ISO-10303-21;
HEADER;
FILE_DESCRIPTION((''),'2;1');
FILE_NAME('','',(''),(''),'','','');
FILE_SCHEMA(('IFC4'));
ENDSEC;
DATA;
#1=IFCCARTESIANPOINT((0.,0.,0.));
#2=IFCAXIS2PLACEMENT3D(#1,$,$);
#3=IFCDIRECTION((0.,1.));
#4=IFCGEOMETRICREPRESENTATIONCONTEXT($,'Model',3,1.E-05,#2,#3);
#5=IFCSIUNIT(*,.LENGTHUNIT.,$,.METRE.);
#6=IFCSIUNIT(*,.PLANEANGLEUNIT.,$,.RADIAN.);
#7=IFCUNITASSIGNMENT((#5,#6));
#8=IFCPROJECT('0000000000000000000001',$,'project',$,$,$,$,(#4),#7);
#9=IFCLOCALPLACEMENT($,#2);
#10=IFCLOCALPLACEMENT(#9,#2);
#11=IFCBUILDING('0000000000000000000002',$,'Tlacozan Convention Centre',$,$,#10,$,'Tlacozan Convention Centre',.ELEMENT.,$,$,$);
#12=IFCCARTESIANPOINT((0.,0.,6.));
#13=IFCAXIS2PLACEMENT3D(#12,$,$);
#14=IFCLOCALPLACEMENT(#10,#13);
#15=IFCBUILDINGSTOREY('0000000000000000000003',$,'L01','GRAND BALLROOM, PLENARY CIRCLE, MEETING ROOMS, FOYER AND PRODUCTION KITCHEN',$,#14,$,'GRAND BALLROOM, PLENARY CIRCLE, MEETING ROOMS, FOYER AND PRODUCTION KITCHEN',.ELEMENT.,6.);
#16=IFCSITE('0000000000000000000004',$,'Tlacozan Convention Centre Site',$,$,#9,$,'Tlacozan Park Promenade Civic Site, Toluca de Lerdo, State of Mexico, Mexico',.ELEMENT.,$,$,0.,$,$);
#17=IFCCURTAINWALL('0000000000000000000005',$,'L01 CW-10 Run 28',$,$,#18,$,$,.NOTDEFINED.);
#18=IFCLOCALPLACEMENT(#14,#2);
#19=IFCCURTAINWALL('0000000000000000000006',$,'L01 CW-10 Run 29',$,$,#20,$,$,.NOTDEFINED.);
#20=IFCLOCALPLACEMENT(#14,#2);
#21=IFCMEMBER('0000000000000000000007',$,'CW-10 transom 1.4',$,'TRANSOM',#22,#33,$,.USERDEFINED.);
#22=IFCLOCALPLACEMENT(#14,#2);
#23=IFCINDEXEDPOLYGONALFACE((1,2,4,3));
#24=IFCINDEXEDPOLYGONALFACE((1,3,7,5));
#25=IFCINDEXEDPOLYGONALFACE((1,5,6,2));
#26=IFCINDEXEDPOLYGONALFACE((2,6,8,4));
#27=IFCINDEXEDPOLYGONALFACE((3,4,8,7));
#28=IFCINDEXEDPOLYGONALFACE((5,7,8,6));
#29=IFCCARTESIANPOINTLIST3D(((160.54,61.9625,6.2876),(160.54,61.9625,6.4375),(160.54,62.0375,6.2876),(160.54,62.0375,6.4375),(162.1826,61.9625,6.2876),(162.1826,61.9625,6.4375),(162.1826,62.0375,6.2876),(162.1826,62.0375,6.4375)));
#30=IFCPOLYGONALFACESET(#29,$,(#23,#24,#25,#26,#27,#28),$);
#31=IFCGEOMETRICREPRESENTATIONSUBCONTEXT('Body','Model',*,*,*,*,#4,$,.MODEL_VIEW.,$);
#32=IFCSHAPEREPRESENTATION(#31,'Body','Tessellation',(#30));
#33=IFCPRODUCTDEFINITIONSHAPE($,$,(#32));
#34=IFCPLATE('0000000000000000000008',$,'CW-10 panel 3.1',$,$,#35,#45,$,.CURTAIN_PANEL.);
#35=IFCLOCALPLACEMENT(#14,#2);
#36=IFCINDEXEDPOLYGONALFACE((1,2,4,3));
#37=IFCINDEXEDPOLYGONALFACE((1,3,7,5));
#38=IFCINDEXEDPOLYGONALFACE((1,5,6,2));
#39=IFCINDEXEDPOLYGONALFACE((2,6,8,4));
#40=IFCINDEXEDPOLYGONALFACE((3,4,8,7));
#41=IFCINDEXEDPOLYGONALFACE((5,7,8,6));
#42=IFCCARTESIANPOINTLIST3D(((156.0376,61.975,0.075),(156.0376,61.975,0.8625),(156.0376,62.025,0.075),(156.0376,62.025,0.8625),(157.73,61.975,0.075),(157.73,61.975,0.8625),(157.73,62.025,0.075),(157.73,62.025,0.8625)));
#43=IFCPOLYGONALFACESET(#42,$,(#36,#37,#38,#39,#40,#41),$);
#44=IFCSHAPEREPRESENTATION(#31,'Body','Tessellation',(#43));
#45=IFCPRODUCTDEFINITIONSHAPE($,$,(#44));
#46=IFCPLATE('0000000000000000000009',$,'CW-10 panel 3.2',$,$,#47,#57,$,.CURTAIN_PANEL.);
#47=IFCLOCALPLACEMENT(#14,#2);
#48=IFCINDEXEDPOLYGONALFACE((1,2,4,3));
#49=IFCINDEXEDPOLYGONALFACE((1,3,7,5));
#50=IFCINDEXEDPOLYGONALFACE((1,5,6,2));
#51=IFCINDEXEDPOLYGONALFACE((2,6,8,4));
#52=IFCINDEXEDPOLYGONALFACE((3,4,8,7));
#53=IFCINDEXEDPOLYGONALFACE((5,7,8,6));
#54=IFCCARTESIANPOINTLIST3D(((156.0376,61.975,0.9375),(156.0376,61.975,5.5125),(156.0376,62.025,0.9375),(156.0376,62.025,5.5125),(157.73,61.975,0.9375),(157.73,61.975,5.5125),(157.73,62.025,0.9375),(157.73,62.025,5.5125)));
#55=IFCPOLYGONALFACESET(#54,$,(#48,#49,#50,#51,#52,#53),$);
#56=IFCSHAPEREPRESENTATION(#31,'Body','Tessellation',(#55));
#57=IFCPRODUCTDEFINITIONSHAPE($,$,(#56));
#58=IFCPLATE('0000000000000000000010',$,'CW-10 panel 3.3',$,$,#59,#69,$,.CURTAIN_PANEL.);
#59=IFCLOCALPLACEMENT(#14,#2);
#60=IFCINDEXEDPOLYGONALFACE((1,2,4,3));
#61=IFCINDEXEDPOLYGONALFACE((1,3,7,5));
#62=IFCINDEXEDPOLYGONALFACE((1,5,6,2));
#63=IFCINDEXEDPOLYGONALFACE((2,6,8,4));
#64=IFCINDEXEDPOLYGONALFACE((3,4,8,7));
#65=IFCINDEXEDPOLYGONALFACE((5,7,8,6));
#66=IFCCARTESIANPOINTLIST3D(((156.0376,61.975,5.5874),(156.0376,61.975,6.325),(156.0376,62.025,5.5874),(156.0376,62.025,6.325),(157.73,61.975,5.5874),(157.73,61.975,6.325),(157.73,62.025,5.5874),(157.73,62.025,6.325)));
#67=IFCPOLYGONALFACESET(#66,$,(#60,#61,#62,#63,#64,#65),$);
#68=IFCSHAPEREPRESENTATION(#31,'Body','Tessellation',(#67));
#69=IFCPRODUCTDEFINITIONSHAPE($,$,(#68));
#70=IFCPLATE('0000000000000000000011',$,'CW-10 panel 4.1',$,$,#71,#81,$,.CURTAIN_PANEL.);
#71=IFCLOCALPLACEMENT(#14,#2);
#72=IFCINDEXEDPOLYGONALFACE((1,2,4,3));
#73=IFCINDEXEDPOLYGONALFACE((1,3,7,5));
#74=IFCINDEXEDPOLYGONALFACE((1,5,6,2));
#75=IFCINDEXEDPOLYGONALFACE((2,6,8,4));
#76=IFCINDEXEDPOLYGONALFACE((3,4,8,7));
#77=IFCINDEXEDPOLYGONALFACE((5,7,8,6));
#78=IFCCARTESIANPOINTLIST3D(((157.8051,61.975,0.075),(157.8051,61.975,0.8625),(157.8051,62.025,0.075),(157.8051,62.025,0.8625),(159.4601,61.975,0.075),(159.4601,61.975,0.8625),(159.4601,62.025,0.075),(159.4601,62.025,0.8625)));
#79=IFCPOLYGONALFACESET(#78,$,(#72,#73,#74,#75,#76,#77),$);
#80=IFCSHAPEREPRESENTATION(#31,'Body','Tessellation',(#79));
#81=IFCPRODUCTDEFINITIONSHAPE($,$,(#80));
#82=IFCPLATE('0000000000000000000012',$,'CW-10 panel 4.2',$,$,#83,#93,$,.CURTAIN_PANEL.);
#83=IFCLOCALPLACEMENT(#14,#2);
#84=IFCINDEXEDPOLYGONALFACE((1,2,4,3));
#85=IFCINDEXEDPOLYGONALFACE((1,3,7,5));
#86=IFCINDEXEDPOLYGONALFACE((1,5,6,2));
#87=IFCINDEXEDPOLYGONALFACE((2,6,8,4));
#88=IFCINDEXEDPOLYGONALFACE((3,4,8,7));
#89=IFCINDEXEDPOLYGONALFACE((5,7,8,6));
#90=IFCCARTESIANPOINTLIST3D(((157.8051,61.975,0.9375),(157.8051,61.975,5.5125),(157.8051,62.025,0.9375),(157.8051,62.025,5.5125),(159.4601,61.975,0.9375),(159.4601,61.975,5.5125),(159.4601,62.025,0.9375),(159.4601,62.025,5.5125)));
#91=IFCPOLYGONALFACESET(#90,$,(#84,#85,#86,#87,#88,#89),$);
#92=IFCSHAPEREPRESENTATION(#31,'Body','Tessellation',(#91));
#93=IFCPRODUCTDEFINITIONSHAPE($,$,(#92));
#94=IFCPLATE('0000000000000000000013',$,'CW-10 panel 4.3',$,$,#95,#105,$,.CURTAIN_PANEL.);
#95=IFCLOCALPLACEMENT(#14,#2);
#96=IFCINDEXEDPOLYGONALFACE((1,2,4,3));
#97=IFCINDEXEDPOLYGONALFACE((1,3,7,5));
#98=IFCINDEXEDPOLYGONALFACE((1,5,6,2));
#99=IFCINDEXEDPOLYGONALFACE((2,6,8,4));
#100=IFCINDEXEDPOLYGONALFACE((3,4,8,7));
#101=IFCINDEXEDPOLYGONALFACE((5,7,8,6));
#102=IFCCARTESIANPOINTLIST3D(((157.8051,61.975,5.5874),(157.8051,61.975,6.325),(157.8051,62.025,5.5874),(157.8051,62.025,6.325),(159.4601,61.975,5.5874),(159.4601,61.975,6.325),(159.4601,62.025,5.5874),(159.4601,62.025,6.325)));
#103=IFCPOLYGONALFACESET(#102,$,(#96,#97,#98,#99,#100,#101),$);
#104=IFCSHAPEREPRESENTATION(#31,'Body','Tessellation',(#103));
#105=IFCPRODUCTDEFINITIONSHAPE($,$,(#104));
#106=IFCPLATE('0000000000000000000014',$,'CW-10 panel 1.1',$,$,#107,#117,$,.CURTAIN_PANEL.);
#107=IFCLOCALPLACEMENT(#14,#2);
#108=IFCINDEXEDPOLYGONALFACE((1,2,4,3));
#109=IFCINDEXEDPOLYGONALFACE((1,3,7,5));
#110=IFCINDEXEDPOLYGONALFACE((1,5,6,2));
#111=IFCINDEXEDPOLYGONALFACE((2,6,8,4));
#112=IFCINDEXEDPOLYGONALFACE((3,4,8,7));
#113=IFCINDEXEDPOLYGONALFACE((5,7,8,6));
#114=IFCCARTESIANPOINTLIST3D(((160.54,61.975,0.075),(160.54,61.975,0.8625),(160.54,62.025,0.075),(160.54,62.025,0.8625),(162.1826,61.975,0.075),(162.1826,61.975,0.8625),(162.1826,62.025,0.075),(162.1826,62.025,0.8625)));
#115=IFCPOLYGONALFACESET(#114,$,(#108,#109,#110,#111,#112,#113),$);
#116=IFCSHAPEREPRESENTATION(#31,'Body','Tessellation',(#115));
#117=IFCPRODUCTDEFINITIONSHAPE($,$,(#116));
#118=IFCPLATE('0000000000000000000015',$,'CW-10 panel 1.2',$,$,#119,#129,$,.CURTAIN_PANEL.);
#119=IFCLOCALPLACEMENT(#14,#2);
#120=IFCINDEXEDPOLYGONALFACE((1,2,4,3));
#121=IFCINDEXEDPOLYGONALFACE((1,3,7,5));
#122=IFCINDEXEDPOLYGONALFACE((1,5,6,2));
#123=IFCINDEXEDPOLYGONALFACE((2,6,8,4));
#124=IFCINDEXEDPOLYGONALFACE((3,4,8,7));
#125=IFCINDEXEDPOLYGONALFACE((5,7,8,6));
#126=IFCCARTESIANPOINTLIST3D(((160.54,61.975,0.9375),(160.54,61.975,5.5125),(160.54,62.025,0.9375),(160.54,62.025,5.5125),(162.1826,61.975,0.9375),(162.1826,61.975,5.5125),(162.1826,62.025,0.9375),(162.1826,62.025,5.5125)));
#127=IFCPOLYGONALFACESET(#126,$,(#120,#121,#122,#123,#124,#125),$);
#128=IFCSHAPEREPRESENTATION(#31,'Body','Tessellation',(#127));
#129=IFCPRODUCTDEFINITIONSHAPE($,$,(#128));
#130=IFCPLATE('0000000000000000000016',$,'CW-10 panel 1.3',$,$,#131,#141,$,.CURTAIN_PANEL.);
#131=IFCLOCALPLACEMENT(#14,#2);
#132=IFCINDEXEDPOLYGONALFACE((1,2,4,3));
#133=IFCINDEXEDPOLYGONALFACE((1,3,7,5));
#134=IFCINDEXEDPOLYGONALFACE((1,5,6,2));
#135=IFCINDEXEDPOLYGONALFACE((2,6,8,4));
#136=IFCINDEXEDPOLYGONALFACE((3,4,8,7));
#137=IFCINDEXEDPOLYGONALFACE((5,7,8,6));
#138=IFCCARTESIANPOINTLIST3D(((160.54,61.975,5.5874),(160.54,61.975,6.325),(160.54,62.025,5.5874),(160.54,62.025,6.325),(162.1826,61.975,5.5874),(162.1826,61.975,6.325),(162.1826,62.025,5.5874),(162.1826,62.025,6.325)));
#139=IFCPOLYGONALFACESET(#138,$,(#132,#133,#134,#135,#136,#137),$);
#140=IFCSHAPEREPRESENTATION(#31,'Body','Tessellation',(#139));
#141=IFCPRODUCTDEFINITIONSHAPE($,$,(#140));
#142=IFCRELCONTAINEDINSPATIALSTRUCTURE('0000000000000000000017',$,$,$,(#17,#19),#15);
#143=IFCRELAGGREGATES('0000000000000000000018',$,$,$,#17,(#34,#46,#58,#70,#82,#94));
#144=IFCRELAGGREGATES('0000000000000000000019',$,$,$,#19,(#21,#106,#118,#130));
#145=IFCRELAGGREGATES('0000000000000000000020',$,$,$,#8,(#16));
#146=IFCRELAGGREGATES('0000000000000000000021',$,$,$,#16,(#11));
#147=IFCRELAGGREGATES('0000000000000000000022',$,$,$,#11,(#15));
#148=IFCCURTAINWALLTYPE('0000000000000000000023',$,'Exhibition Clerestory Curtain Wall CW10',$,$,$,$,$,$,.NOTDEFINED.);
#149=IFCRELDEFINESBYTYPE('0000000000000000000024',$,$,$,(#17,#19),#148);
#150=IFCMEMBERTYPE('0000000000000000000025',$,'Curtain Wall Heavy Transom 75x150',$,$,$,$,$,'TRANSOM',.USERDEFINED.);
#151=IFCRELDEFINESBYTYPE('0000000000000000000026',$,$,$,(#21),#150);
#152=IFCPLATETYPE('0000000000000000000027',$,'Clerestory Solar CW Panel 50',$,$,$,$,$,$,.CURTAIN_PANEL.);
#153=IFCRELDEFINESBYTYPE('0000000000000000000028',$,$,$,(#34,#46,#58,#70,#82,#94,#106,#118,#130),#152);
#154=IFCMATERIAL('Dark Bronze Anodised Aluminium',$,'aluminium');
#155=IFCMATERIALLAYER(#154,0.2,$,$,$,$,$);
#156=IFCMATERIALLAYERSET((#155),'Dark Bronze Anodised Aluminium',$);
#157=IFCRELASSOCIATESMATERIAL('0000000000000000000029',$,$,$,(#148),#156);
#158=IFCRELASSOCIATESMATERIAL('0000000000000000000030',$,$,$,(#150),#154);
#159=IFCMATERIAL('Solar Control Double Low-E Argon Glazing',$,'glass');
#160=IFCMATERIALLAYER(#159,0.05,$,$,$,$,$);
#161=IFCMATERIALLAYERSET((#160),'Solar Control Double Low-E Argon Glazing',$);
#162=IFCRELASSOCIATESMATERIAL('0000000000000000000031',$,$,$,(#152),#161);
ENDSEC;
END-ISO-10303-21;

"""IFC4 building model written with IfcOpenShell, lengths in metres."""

from ifc_helpers import new_model, si_unit, direction, frame, origin, origin_2d, place, context, subcontext, project, spatial, rectangle, extrude, material, layer, layer_set, material_profile, profile_set, type_object, element, aggregate, save


model = new_model("IFC4")

# Units and contexts
model_context = context("Model", 3, precision=1e-05, world=origin(), true_north=direction((0.0, 1.0)))
body_context = subcontext(model_context, "Body", "Model", "MODEL_VIEW")
ifc_project = project(units=[si_unit("LENGTHUNIT", "METRE"), si_unit("PLANEANGLEUNIT", "RADIAN")], contexts=[model_context])

# Site, building, storey
site_placement = place(None, origin())
site = spatial("IfcSite", under=ifc_project, at=site_placement, Name="Tlacozan Convention Centre Site", LongName="Tlacozan Park Promenade Civic Site, Toluca de Lerdo, State of Mexico, Mexico", CompositionType="ELEMENT", RefElevation=0.0)
building_placement = place(site_placement, origin())
building = spatial("IfcBuilding", under=site, at=building_placement, Name="Tlacozan Convention Centre", LongName="Tlacozan Convention Centre", CompositionType="ELEMENT")
storey_placement = place(building_placement, frame((0.0, 0.0, 6.0)))
storey = spatial("IfcBuildingStorey", under=building, at=storey_placement, Name="L01", Description="GRAND BALLROOM, PLENARY CIRCLE, MEETING ROOMS, FOYER AND PRODUCTION KITCHEN", LongName="GRAND BALLROOM, PLENARY CIRCLE, MEETING ROOMS, FOYER AND PRODUCTION KITCHEN", CompositionType="ELEMENT", Elevation=6.0)

# Curtain walls
ifc_material_1 = material(Name="Dark Bronze Anodised Aluminium", Category="aluminium")
ifc_layer_1 = layer(ifc_material_1, 0.2)
ifc_layer_set_1 = layer_set([ifc_layer_1], Name="Dark Bronze Anodised Aluminium")
curtain_wall_type = type_object("IfcCurtainWallType", Name="Exhibition Clerestory Curtain Wall CW10", PredefinedType="NOTDEFINED", material=ifc_layer_set_1)
curtain_wall_1_placement = place(storey_placement, origin())
curtain_wall_1 = element("IfcCurtainWall", 1, at=curtain_wall_1_placement, inside=storey, type_object=curtain_wall_type, Name="L01 CW-10 Run 28", PredefinedType="NOTDEFINED")
curtain_wall_2_placement = place(storey_placement, origin())
curtain_wall_2 = element("IfcCurtainWall", 2, at=curtain_wall_2_placement, inside=storey, type_object=curtain_wall_type, Name="L01 CW-10 Run 29", PredefinedType="NOTDEFINED")

# Member
ifc_material_profile_1 = material_profile(ifc_material_1, rectangle(XDim=0.075, YDim=0.1499, at=origin_2d()), Name="ALU 75x150")
ifc_profile_set_1 = profile_set([ifc_material_profile_1], Name="Dark Bronze Anodised Aluminium")
member_type_1 = type_object("IfcMemberType", Name="Curtain Wall Heavy Transom 75x150", ElementType="TRANSOM", PredefinedType="USERDEFINED", material=ifc_profile_set_1)
member_1_placement = place(storey_placement, frame((160.54, 62.0, 6.3625), z_axis=(1.0, 0.0, 0.0), x_axis=(0.0, 1.0, 0.0)))
member_1 = element("IfcMember", 3, at=member_1_placement, type_object=member_type_1, Name="CW-10 transom 1.4", ObjectType="TRANSOM", PredefinedType="USERDEFINED", context=body_context, shape_type="SweptSolid", body=[
    extrude(rectangle(XDim=0.075, YDim=0.1499, at=origin_2d()), origin(), (0.0, 0.0, 1.0), 1.6426),
])

# Plates
ifc_material_2 = material(Name="Solar Control Double Low-E Argon Glazing", Category="glass")
ifc_layer_2 = layer(ifc_material_2, 0.05)
ifc_layer_set_2 = layer_set([ifc_layer_2], Name="Solar Control Double Low-E Argon Glazing")
plate_type = type_object("IfcPlateType", Name="Clerestory Solar CW Panel 50", PredefinedType="CURTAIN_PANEL", material=ifc_layer_set_2)
plate_1_placement = place(storey_placement, frame((156.8838, 62.0, 0.075), z_axis=(0.0, 0.0, 1.0), x_axis=(1.0, 0.0, 0.0)))
plate_1 = element("IfcPlate", 4, at=plate_1_placement, type_object=plate_type, Name="CW-10 panel 3.1", PredefinedType="CURTAIN_PANEL", context=body_context, shape_type="SweptSolid", body=[
    extrude(rectangle(XDim=1.6924, YDim=0.05, at=origin_2d()), origin(), (0.0, 0.0, 1.0), 0.7876),
])
plate_2_placement = place(storey_placement, frame((156.8838, 62.0, 0.9375), z_axis=(0.0, 0.0, 1.0), x_axis=(1.0, 0.0, 0.0)))
plate_2 = element("IfcPlate", 5, at=plate_2_placement, type_object=plate_type, Name="CW-10 panel 3.2", PredefinedType="CURTAIN_PANEL", context=body_context, shape_type="SweptSolid", body=[
    extrude(rectangle(XDim=1.6924, YDim=0.05, at=origin_2d()), origin(), (0.0, 0.0, 1.0), 4.575),
])
plate_3_placement = place(storey_placement, frame((156.8838, 62.0, 5.5874), z_axis=(0.0, 0.0, 1.0), x_axis=(1.0, 0.0, 0.0)))
plate_3 = element("IfcPlate", 6, at=plate_3_placement, type_object=plate_type, Name="CW-10 panel 3.3", PredefinedType="CURTAIN_PANEL", context=body_context, shape_type="SweptSolid", body=[
    extrude(rectangle(XDim=1.6924, YDim=0.05, at=origin_2d()), origin(), (0.0, 0.0, 1.0), 0.7375),
])
plate_4_placement = place(storey_placement, frame((158.6326, 62.0, 0.075), z_axis=(0.0, 0.0, 1.0), x_axis=(1.0, 0.0, 0.0)))
plate_4 = element("IfcPlate", 7, at=plate_4_placement, type_object=plate_type, Name="CW-10 panel 4.1", PredefinedType="CURTAIN_PANEL", context=body_context, shape_type="SweptSolid", body=[
    extrude(rectangle(XDim=1.655, YDim=0.05, at=origin_2d()), origin(), (0.0, 0.0, 1.0), 0.7876),
])
plate_5_placement = place(storey_placement, frame((158.6326, 62.0, 0.9375), z_axis=(0.0, 0.0, 1.0), x_axis=(1.0, 0.0, 0.0)))
plate_5 = element("IfcPlate", 8, at=plate_5_placement, type_object=plate_type, Name="CW-10 panel 4.2", PredefinedType="CURTAIN_PANEL", context=body_context, shape_type="SweptSolid", body=[
    extrude(rectangle(XDim=1.655, YDim=0.05, at=origin_2d()), origin(), (0.0, 0.0, 1.0), 4.575),
])
plate_6_placement = place(storey_placement, frame((158.6326, 62.0, 5.5874), z_axis=(0.0, 0.0, 1.0), x_axis=(1.0, 0.0, 0.0)))
plate_6 = element("IfcPlate", 9, at=plate_6_placement, type_object=plate_type, Name="CW-10 panel 4.3", PredefinedType="CURTAIN_PANEL", context=body_context, shape_type="SweptSolid", body=[
    extrude(rectangle(XDim=1.655, YDim=0.05, at=origin_2d()), origin(), (0.0, 0.0, 1.0), 0.7375),
])
aggregate(curtain_wall_1, [plate_1, plate_2, plate_3, plate_4, plate_5, plate_6])
plate_7_placement = place(storey_placement, frame((161.3613, 62.0, 0.075), z_axis=(0.0, 0.0, 1.0), x_axis=(1.0, 0.0, 0.0)))
plate_7 = element("IfcPlate", 10, at=plate_7_placement, type_object=plate_type, Name="CW-10 panel 1.1", PredefinedType="CURTAIN_PANEL", context=body_context, shape_type="SweptSolid", body=[
    extrude(rectangle(XDim=1.6426, YDim=0.05, at=origin_2d()), origin(), (0.0, 0.0, 1.0), 0.7876),
])
plate_8_placement = place(storey_placement, frame((161.3613, 62.0, 0.9375), z_axis=(0.0, 0.0, 1.0), x_axis=(1.0, 0.0, 0.0)))
plate_8 = element("IfcPlate", 11, at=plate_8_placement, type_object=plate_type, Name="CW-10 panel 1.2", PredefinedType="CURTAIN_PANEL", context=body_context, shape_type="SweptSolid", body=[
    extrude(rectangle(XDim=1.6426, YDim=0.05, at=origin_2d()), origin(), (0.0, 0.0, 1.0), 4.575),
])
plate_9_placement = place(storey_placement, frame((161.3613, 62.0, 5.5874), z_axis=(0.0, 0.0, 1.0), x_axis=(1.0, 0.0, 0.0)))
plate_9 = element("IfcPlate", 12, at=plate_9_placement, type_object=plate_type, Name="CW-10 panel 1.3", PredefinedType="CURTAIN_PANEL", context=body_context, shape_type="SweptSolid", body=[
    extrude(rectangle(XDim=1.6426, YDim=0.05, at=origin_2d()), origin(), (0.0, 0.0, 1.0), 0.7375),
])
aggregate(curtain_wall_2, [member_1, plate_7, plate_8, plate_9])

save(model, "model.ifc")
